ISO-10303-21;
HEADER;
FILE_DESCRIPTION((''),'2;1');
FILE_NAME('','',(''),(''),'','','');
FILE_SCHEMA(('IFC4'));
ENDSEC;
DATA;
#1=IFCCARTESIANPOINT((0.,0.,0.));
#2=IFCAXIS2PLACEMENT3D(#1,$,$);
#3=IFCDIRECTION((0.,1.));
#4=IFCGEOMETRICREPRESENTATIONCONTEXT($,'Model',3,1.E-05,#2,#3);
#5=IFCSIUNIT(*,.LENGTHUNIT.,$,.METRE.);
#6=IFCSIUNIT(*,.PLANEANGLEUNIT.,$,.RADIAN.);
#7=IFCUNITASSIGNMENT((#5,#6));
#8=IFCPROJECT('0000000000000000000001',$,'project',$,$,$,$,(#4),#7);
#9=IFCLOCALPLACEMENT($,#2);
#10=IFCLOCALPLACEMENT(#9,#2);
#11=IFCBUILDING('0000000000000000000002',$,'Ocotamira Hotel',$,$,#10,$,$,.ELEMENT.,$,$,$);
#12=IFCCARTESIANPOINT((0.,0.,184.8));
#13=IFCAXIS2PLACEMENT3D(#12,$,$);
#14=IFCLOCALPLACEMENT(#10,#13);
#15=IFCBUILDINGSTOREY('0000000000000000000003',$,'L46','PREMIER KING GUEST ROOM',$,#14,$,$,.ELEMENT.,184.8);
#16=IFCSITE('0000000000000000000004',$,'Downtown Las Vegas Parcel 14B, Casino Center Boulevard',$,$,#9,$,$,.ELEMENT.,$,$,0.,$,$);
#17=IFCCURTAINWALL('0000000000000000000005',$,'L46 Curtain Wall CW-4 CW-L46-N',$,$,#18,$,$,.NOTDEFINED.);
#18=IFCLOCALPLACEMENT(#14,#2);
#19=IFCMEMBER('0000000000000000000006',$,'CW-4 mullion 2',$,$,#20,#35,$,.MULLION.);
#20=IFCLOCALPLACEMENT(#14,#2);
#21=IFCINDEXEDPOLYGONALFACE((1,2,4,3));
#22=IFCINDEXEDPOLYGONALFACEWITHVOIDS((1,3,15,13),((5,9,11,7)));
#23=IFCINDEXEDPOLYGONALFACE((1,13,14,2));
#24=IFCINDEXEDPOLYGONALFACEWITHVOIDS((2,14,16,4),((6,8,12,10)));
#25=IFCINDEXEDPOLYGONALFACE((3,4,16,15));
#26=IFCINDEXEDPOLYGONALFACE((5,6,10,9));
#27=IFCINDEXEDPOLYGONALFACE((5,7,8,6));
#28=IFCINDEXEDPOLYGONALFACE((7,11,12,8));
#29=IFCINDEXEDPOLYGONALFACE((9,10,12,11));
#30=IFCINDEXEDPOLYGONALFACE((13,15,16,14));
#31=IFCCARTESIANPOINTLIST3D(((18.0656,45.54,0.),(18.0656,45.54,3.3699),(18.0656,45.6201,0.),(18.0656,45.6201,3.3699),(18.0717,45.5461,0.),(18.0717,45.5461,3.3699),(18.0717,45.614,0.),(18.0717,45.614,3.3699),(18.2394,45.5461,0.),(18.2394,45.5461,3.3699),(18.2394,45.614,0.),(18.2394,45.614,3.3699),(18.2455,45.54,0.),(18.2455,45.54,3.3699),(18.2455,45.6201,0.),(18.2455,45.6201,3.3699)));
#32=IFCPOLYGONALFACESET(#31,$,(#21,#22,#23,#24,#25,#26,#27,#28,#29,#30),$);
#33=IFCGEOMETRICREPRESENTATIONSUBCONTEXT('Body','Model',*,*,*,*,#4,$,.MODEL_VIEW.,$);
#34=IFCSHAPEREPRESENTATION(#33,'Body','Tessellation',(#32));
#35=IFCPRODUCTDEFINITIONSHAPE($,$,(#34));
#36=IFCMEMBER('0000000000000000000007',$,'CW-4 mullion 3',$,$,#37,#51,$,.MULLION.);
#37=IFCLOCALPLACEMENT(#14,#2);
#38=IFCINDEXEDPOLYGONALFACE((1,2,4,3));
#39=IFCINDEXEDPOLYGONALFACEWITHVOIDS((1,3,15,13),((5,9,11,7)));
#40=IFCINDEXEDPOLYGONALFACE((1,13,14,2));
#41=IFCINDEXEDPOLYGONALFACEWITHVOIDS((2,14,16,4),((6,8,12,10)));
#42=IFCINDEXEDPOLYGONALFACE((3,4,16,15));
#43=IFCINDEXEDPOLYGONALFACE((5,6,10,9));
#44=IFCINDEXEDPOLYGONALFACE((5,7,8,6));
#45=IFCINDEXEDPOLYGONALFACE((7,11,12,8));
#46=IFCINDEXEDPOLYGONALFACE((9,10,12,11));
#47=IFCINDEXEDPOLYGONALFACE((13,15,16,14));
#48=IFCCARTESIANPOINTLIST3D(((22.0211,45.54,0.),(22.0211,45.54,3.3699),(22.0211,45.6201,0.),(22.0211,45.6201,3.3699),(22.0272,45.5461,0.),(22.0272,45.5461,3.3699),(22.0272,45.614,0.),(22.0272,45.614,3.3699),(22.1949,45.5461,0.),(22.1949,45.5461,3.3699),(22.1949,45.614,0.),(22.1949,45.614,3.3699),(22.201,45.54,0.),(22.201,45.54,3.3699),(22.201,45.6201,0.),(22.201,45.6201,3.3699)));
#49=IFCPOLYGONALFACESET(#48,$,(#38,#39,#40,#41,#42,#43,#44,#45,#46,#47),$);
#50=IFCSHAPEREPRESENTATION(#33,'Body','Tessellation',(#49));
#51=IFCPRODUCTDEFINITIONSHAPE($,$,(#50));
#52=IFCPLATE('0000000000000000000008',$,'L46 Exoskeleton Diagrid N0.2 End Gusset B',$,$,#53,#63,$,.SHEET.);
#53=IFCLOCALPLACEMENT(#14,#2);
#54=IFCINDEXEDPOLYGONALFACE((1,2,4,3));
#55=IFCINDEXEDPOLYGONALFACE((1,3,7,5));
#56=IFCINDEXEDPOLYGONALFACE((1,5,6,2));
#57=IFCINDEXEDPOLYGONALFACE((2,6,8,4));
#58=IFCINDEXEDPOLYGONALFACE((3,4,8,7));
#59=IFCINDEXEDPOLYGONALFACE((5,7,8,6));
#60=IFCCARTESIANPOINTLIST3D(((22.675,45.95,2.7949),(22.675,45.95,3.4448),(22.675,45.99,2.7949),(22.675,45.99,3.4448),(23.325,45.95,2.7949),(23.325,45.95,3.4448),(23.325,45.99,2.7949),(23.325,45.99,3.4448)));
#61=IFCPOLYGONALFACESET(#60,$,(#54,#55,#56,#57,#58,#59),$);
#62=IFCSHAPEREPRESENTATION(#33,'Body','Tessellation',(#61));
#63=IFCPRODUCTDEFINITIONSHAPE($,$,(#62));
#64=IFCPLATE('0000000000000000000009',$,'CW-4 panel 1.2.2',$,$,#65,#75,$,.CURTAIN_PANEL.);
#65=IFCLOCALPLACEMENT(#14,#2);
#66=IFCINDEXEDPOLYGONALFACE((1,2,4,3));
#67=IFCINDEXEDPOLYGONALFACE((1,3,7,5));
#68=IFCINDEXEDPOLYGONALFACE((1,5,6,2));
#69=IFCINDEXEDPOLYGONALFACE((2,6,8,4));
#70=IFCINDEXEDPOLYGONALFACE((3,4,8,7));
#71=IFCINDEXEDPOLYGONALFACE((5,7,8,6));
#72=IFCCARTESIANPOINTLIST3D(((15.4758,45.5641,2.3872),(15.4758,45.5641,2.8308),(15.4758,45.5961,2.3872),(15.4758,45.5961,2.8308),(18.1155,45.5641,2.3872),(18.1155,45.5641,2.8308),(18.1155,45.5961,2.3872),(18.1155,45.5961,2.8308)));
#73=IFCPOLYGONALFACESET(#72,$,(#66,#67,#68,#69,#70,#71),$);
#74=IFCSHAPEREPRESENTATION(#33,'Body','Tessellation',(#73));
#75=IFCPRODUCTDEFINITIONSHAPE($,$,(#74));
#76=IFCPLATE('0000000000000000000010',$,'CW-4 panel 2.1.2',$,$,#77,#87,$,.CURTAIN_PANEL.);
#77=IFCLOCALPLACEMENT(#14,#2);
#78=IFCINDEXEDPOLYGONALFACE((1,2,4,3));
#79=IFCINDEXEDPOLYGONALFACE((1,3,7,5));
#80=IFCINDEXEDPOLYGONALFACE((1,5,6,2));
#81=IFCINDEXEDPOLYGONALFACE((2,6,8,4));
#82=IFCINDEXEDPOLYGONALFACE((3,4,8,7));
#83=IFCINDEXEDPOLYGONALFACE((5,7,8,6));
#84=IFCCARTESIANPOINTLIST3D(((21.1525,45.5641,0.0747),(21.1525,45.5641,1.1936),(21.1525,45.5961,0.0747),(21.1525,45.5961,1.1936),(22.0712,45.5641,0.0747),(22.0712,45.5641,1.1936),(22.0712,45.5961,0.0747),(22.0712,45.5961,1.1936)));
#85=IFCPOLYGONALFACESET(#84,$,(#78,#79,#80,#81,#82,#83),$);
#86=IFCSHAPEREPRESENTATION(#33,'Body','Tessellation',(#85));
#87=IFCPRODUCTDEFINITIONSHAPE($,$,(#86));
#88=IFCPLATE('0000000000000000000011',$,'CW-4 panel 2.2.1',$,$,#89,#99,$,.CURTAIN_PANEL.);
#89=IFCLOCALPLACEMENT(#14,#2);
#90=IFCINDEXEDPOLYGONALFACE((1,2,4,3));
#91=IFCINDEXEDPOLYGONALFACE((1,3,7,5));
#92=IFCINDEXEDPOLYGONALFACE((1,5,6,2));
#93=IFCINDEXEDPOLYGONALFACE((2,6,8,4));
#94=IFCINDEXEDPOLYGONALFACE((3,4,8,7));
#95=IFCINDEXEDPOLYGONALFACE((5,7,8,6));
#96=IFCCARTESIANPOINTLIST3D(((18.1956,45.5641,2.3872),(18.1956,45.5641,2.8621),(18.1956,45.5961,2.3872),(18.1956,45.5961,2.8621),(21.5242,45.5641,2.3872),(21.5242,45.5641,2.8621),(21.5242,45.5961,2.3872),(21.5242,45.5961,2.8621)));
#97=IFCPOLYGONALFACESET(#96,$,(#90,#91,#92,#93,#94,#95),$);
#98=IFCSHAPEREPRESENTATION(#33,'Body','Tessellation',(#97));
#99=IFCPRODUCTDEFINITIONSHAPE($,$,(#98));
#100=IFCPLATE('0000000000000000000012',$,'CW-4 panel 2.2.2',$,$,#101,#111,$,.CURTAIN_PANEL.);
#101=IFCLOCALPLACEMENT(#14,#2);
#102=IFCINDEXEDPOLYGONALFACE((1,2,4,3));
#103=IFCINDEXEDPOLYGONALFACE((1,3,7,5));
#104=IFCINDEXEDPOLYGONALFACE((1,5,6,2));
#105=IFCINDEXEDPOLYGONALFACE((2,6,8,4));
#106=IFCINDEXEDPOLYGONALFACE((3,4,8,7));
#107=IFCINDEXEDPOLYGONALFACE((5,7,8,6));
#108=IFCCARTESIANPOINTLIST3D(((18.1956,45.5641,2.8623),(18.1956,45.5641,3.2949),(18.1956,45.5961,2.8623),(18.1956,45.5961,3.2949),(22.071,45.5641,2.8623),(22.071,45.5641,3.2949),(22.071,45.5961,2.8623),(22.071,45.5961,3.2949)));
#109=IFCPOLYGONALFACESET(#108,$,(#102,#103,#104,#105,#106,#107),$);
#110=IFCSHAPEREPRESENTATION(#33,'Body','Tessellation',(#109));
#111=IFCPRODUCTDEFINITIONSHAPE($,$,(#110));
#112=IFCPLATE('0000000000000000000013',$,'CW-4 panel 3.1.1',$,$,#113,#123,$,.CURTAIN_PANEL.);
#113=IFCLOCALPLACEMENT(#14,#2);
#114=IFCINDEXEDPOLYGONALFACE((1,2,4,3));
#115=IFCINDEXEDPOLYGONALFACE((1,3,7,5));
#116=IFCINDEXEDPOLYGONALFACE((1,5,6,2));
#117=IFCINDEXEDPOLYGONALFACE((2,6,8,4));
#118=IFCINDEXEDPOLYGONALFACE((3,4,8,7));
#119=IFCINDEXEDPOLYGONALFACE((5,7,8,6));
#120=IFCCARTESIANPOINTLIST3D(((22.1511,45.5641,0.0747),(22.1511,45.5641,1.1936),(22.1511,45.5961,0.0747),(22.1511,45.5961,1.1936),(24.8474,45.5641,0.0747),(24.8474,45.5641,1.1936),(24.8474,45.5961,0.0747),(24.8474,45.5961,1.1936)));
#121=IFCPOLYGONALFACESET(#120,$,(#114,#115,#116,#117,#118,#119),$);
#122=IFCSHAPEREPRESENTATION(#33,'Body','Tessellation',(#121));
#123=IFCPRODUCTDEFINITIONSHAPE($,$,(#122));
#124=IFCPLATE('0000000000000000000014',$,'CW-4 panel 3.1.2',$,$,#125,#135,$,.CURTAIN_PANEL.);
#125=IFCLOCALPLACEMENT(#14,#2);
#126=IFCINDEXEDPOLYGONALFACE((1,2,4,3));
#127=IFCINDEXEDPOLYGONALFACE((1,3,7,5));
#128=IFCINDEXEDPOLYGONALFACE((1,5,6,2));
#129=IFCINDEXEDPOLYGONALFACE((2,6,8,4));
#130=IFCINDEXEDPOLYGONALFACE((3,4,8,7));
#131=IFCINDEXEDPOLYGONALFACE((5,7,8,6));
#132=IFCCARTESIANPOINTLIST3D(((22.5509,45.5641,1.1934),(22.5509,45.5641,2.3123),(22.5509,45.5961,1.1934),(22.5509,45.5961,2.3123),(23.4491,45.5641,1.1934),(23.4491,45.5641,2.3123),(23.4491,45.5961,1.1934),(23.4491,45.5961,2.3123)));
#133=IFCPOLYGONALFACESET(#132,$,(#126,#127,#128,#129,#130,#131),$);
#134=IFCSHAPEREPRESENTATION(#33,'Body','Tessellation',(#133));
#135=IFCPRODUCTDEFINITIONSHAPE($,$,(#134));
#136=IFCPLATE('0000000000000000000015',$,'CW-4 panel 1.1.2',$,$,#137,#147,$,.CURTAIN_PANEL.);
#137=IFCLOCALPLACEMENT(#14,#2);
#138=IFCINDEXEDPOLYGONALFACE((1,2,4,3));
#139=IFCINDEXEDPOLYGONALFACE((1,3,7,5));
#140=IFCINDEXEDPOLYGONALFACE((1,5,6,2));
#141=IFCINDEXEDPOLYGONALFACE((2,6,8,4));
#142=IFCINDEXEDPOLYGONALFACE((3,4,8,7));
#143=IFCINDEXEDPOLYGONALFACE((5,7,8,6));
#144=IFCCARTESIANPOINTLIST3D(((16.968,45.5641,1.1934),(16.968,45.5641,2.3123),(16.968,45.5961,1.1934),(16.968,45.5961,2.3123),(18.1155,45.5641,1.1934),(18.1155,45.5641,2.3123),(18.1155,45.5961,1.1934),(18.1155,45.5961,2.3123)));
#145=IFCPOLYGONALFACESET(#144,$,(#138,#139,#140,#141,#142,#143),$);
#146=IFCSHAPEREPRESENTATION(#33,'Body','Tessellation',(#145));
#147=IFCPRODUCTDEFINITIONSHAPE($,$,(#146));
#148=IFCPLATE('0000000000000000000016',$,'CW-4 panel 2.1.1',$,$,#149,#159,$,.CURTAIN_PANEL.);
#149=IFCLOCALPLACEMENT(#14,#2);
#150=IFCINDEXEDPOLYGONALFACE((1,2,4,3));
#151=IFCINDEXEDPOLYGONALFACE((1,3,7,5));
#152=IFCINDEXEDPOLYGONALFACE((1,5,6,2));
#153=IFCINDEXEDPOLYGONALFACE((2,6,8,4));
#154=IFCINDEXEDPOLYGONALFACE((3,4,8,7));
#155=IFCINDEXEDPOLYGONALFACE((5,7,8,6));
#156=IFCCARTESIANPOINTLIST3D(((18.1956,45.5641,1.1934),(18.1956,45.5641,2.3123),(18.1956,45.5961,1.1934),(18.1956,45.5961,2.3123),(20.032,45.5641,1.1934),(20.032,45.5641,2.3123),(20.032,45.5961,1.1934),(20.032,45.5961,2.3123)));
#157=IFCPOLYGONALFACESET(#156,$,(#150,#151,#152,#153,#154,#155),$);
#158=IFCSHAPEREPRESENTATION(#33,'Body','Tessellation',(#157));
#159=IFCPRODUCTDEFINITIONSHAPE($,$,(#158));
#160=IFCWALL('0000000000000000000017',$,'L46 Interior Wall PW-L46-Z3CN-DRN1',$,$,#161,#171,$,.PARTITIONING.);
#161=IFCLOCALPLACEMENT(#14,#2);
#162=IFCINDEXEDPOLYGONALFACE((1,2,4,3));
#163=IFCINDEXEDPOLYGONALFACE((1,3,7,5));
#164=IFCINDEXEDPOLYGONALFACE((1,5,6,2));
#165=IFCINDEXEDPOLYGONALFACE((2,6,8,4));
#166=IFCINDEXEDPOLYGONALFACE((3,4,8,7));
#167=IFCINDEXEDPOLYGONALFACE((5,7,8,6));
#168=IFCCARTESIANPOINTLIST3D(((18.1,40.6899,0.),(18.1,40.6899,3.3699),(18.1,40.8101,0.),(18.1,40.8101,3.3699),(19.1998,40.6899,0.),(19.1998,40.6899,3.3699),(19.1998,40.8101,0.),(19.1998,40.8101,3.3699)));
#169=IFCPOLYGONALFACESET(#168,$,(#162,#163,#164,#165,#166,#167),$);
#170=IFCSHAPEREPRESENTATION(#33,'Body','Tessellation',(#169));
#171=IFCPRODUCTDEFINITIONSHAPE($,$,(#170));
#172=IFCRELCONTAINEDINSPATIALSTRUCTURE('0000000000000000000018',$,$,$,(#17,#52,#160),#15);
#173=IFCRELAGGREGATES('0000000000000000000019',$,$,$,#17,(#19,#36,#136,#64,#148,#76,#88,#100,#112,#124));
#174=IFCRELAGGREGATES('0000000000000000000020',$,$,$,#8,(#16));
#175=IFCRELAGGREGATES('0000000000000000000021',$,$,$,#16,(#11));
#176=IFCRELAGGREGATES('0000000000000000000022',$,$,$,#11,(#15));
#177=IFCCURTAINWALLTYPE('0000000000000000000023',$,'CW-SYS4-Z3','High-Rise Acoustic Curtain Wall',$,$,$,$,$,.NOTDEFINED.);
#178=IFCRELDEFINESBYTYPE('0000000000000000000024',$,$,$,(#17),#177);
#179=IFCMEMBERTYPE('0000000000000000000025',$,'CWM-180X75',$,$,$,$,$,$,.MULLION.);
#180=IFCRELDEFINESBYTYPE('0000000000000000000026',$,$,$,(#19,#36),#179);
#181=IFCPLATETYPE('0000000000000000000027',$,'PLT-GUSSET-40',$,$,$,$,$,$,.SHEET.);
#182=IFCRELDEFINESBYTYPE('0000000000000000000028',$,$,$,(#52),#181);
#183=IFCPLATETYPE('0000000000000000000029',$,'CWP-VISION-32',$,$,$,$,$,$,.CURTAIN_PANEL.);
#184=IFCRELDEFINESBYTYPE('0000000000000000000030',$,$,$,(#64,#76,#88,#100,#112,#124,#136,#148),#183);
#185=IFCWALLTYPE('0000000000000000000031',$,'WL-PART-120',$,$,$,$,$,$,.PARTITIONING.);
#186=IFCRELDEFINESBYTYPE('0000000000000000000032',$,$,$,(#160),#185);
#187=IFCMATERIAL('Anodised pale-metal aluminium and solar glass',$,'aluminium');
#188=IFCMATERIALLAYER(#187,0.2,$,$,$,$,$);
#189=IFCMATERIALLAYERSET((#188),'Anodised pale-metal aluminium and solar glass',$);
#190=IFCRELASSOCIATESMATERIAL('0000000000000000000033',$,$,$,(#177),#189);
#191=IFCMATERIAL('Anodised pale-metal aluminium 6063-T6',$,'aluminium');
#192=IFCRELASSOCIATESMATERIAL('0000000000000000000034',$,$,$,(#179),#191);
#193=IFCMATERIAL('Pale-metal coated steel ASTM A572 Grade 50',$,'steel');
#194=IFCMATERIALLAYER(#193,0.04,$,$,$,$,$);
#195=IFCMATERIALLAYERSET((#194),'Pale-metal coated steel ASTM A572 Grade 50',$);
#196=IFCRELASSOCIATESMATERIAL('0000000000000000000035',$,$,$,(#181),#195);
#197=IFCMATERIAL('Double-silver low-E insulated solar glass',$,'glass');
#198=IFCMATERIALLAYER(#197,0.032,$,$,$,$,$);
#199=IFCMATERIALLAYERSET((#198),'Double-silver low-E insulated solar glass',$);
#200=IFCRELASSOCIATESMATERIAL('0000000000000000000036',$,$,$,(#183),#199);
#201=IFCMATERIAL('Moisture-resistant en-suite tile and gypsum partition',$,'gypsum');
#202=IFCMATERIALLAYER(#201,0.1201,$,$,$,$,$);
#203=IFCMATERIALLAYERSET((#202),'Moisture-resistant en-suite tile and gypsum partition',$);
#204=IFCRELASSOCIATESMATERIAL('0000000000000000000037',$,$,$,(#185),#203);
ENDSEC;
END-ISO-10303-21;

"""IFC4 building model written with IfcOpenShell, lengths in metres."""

from ifc_helpers import new_model, si_unit, direction, frame, frame_2d, origin, origin_2d, place, context, subcontext, project, spatial, rectangle, hollow_rectangle, extrude, source, transform, mapped, material, layer, layer_set, material_profile, profile_set, type_object, element, aggregate, save


model = new_model("IFC4")

# Units and contexts
model_context = context("Model", 3, precision=1e-05, world=origin(), true_north=direction((0.0, 1.0)))
body_context = subcontext(model_context, "Body", "Model", "MODEL_VIEW")
ifc_project = project(units=[si_unit("LENGTHUNIT", "METRE"), si_unit("PLANEANGLEUNIT", "RADIAN")], contexts=[model_context])

# Site, building, storey
site_placement = place(None, origin())
site = spatial("IfcSite", under=ifc_project, at=site_placement, Name="Downtown Las Vegas Parcel 14B, Casino Center Boulevard", CompositionType="ELEMENT", RefElevation=0.0)
building_placement = place(site_placement, origin())
building = spatial("IfcBuilding", under=site, at=building_placement, Name="Ocotamira Hotel", CompositionType="ELEMENT")
storey_placement = place(building_placement, frame((0.0, 0.0, 184.8)))
storey = spatial("IfcBuildingStorey", under=building, at=storey_placement, Name="L46", Description="PREMIER KING GUEST ROOM", CompositionType="ELEMENT", Elevation=184.8)

# Curtain wall, members
ifc_material_1 = material(Name="Anodised pale-metal aluminium and solar glass", Category="aluminium")
ifc_layer_1 = layer(ifc_material_1, 0.2)
ifc_layer_set_1 = layer_set([ifc_layer_1], Name="Anodised pale-metal aluminium and solar glass")
curtain_wall_type = type_object("IfcCurtainWallType", Name="CW-SYS4-Z3", Description="High-Rise Acoustic Curtain Wall", PredefinedType="NOTDEFINED", material=ifc_layer_set_1)
curtain_wall_placement = place(storey_placement, origin())
curtain_wall = element("IfcCurtainWall", 1, at=curtain_wall_placement, inside=storey, type_object=curtain_wall_type, Name="L46 Curtain Wall CW-4 CW-L46-N", PredefinedType="NOTDEFINED")
ifc_material_2 = material(Name="Anodised pale-metal aluminium 6063-T6", Category="aluminium")
ifc_material_profile_1 = material_profile(ifc_material_2, hollow_rectangle(XDim=0.0801, YDim=0.1799, WallThickness=0.0061, at=origin_2d()), Name="HSS180X80X6")
ifc_profile_set_1 = profile_set([ifc_material_profile_1], Name="Anodised pale-metal aluminium 6063-T6")
member_type_1 = type_object("IfcMemberType", Name="CWM-180X75", PredefinedType="MULLION", material=ifc_profile_set_1)
shared_shape_1 = source(origin(), body_context, "Body", "SweptSolid", [
    extrude(hollow_rectangle(XDim=0.0801, YDim=0.1799, WallThickness=0.0061, at=origin_2d()), origin(), (0.0, 0.0, 1.0), 3.3699),
])
member_1_placement = place(storey_placement, frame((18.1555, 45.5801, 0.0), z_axis=(0.0, 0.0, 1.0), x_axis=(0.0, 1.0, 0.0)))
member_1 = element("IfcMember", 2, at=member_1_placement, type_object=member_type_1, Name="CW-4 mullion 2", PredefinedType="MULLION", context=body_context, shape_type="MappedRepresentation", body=[
    mapped(shared_shape_1, transform((0.0, 0.0, 0.0), scale=1.0)),
])
member_2_placement = place(storey_placement, frame((22.1111, 45.5801, 0.0), z_axis=(0.0, 0.0, 1.0), x_axis=(0.0, 1.0, 0.0)))
member_2 = element("IfcMember", 3, at=member_2_placement, type_object=member_type_1, Name="CW-4 mullion 3", PredefinedType="MULLION", context=body_context, shape_type="MappedRepresentation", body=[
    mapped(shared_shape_1, transform((0.0, 0.0, 0.0), scale=1.0)),
])

# Plates
ifc_material_3 = material(Name="Pale-metal coated steel ASTM A572 Grade 50", Category="steel")
ifc_layer_2 = layer(ifc_material_3, 0.04)
ifc_layer_set_2 = layer_set([ifc_layer_2], Name="Pale-metal coated steel ASTM A572 Grade 50")
plate_type_1 = type_object("IfcPlateType", Name="PLT-GUSSET-40", PredefinedType="SHEET", material=ifc_layer_set_2)
shared_shape_2 = source(origin(), body_context, "Body", "SweptSolid", [
    extrude(rectangle(XDim=0.6499, YDim=0.04, at=origin_2d()), origin(), (0.0, 0.0, 1.0), 0.6499),
])
plate_1_placement = place(storey_placement, frame((23.0, 45.97, 2.7949), z_axis=(0.0, 0.0, 1.0), x_axis=(1.0, 0.0, 0.0)))
element("IfcPlate", 4, at=plate_1_placement, inside=storey, type_object=plate_type_1, Name="L46 Exoskeleton Diagrid N0.2 End Gusset B", PredefinedType="SHEET", context=body_context, shape_type="MappedRepresentation", body=[
    mapped(shared_shape_2, transform((0.0, 0.0, 0.0), scale=1.0)),
])
ifc_material_4 = material(Name="Double-silver low-E insulated solar glass", Category="glass")
ifc_layer_3 = layer(ifc_material_4, 0.032)
ifc_layer_set_3 = layer_set([ifc_layer_3], Name="Double-silver low-E insulated solar glass")
plate_type_2 = type_object("IfcPlateType", Name="CWP-VISION-32", PredefinedType="CURTAIN_PANEL", material=ifc_layer_set_3)
shared_shape_3 = source(origin(), body_context, "Body", "SweptSolid", [
    extrude(rectangle(XDim=2.6396, YDim=0.032, at=origin_2d()), origin(), (0.0, 0.0, 1.0), 0.4436),
])
plate_2_placement = place(storey_placement, frame((16.7957, 45.5801, 2.3872), z_axis=(0.0, 0.0, 1.0), x_axis=(1.0, 0.0, 0.0)))
plate_2 = element("IfcPlate", 5, at=plate_2_placement, type_object=plate_type_2, Name="CW-4 panel 1.2.2", PredefinedType="CURTAIN_PANEL", context=body_context, shape_type="MappedRepresentation", body=[
    mapped(shared_shape_3, transform((0.0, 0.0, 0.0), scale=1.0)),
])
shared_shape_4 = source(origin(), body_context, "Body", "SweptSolid", [
    extrude(rectangle(XDim=0.9187, YDim=0.032, at=origin_2d()), origin(), (0.0, 0.0, 1.0), 1.1189),
])
plate_3_placement = place(storey_placement, frame((21.6118, 45.5801, 0.0747), z_axis=(0.0, 0.0, 1.0), x_axis=(1.0, 0.0, 0.0)))
plate_3 = element("IfcPlate", 6, at=plate_3_placement, type_object=plate_type_2, Name="CW-4 panel 2.1.2", PredefinedType="CURTAIN_PANEL", context=body_context, shape_type="MappedRepresentation", body=[
    mapped(shared_shape_4, transform((0.0, 0.0, 0.0), scale=1.0)),
])
shared_shape_5 = source(origin(), body_context, "Body", "SweptSolid", [
    extrude(rectangle(XDim=3.3286, YDim=0.032, at=origin_2d()), origin(), (0.0, 0.0, 1.0), 0.4749),
])
plate_4_placement = place(storey_placement, frame((19.8599, 45.5801, 2.3872), z_axis=(0.0, 0.0, 1.0), x_axis=(1.0, 0.0, 0.0)))
plate_4 = element("IfcPlate", 7, at=plate_4_placement, type_object=plate_type_2, Name="CW-4 panel 2.2.1", PredefinedType="CURTAIN_PANEL", context=body_context, shape_type="MappedRepresentation", body=[
    mapped(shared_shape_5, transform((0.0, 0.0, 0.0), scale=1.0)),
])
shared_shape_6 = source(origin(), body_context, "Body", "SweptSolid", [
    extrude(rectangle(XDim=3.8755, YDim=0.032, at=origin_2d()), origin(), (0.0, 0.0, 1.0), 0.4326),
])
plate_5_placement = place(storey_placement, frame((20.1333, 45.5801, 2.8623), z_axis=(0.0, 0.0, 1.0), x_axis=(1.0, 0.0, 0.0)))
plate_5 = element("IfcPlate", 8, at=plate_5_placement, type_object=plate_type_2, Name="CW-4 panel 2.2.2", PredefinedType="CURTAIN_PANEL", context=body_context, shape_type="MappedRepresentation", body=[
    mapped(shared_shape_6, transform((0.0, 0.0, 0.0), scale=1.0)),
])
shared_shape_7 = source(origin(), body_context, "Body", "SweptSolid", [
    extrude(rectangle(XDim=2.6963, YDim=0.032, at=origin_2d()), origin(), (0.0, 0.0, 1.0), 1.1189),
])
plate_6_placement = place(storey_placement, frame((23.4993, 45.5801, 0.0747), z_axis=(0.0, 0.0, 1.0), x_axis=(1.0, 0.0, 0.0)))
plate_6 = element("IfcPlate", 9, at=plate_6_placement, type_object=plate_type_2, Name="CW-4 panel 3.1.1", PredefinedType="CURTAIN_PANEL", context=body_context, shape_type="MappedRepresentation", body=[
    mapped(shared_shape_7, transform((0.0, 0.0, 0.0), scale=1.0)),
])
shared_shape_8 = source(origin(), body_context, "Body", "SweptSolid", [
    extrude(rectangle(XDim=0.8982, YDim=0.032, at=origin_2d()), origin(), (0.0, 0.0, 1.0), 1.1189),
])
plate_7_placement = place(storey_placement, frame((23.0, 45.5801, 1.1934), z_axis=(0.0, 0.0, 1.0), x_axis=(1.0, 0.0, 0.0)))
plate_7 = element("IfcPlate", 10, at=plate_7_placement, type_object=plate_type_2, Name="CW-4 panel 3.1.2", PredefinedType="CURTAIN_PANEL", context=body_context, shape_type="MappedRepresentation", body=[
    mapped(shared_shape_8, transform((0.0, 0.0, 0.0), scale=1.0)),
])
shared_shape_9 = source(origin(), body_context, "Body", "SweptSolid", [
    extrude(rectangle(XDim=1.1475, YDim=0.032, at=origin_2d()), origin(), (0.0, 0.0, 1.0), 1.1189),
])
plate_8_placement = place(storey_placement, frame((17.5417, 45.5801, 1.1934), z_axis=(0.0, 0.0, 1.0), x_axis=(1.0, 0.0, 0.0)))
plate_8 = element("IfcPlate", 11, at=plate_8_placement, type_object=plate_type_2, Name="CW-4 panel 1.1.2", PredefinedType="CURTAIN_PANEL", context=body_context, shape_type="MappedRepresentation", body=[
    mapped(shared_shape_9, transform((0.0, 0.0, 0.0), scale=1.0)),
])
shared_shape_10 = source(origin(), body_context, "Body", "SweptSolid", [
    extrude(rectangle(XDim=1.8364, YDim=0.032, at=origin_2d()), origin(), (0.0, 0.0, 1.0), 1.1189),
])
plate_9_placement = place(storey_placement, frame((19.1138, 45.5801, 1.1934), z_axis=(0.0, 0.0, 1.0), x_axis=(1.0, 0.0, 0.0)))
plate_9 = element("IfcPlate", 12, at=plate_9_placement, type_object=plate_type_2, Name="CW-4 panel 2.1.1", PredefinedType="CURTAIN_PANEL", context=body_context, shape_type="MappedRepresentation", body=[
    mapped(shared_shape_10, transform((0.0, 0.0, 0.0), scale=1.0)),
])
aggregate(curtain_wall, [member_1, member_2, plate_8, plate_2, plate_9, plate_3, plate_4, plate_5, plate_6, plate_7])

# Wall
ifc_material_5 = material(Name="Moisture-resistant en-suite tile and gypsum partition", Category="gypsum")
ifc_layer_4 = layer(ifc_material_5, 0.1201)
ifc_layer_set_4 = layer_set([ifc_layer_4], Name="Moisture-resistant en-suite tile and gypsum partition")
wall_type_1 = type_object("IfcWallType", Name="WL-PART-120", PredefinedType="PARTITIONING", material=ifc_layer_set_4)
wall_1_placement = place(storey_placement, frame((18.1001, 40.75, 0.0), z_axis=(0.0, 0.0, 1.0), x_axis=(1.0, 0.0, 0.0)))
element("IfcWall", 13, at=wall_1_placement, inside=storey, type_object=wall_type_1, Name="L46 Interior Wall PW-L46-Z3CN-DRN1", PredefinedType="PARTITIONING", context=body_context, shape_type="SweptSolid", body=[
    extrude(rectangle(XDim=1.0999, YDim=0.1201, at=frame_2d((0.5498, 0.0))), origin(), (0.0, 0.0, 1.0), 3.3699),
])

save(model, "model.ifc")
